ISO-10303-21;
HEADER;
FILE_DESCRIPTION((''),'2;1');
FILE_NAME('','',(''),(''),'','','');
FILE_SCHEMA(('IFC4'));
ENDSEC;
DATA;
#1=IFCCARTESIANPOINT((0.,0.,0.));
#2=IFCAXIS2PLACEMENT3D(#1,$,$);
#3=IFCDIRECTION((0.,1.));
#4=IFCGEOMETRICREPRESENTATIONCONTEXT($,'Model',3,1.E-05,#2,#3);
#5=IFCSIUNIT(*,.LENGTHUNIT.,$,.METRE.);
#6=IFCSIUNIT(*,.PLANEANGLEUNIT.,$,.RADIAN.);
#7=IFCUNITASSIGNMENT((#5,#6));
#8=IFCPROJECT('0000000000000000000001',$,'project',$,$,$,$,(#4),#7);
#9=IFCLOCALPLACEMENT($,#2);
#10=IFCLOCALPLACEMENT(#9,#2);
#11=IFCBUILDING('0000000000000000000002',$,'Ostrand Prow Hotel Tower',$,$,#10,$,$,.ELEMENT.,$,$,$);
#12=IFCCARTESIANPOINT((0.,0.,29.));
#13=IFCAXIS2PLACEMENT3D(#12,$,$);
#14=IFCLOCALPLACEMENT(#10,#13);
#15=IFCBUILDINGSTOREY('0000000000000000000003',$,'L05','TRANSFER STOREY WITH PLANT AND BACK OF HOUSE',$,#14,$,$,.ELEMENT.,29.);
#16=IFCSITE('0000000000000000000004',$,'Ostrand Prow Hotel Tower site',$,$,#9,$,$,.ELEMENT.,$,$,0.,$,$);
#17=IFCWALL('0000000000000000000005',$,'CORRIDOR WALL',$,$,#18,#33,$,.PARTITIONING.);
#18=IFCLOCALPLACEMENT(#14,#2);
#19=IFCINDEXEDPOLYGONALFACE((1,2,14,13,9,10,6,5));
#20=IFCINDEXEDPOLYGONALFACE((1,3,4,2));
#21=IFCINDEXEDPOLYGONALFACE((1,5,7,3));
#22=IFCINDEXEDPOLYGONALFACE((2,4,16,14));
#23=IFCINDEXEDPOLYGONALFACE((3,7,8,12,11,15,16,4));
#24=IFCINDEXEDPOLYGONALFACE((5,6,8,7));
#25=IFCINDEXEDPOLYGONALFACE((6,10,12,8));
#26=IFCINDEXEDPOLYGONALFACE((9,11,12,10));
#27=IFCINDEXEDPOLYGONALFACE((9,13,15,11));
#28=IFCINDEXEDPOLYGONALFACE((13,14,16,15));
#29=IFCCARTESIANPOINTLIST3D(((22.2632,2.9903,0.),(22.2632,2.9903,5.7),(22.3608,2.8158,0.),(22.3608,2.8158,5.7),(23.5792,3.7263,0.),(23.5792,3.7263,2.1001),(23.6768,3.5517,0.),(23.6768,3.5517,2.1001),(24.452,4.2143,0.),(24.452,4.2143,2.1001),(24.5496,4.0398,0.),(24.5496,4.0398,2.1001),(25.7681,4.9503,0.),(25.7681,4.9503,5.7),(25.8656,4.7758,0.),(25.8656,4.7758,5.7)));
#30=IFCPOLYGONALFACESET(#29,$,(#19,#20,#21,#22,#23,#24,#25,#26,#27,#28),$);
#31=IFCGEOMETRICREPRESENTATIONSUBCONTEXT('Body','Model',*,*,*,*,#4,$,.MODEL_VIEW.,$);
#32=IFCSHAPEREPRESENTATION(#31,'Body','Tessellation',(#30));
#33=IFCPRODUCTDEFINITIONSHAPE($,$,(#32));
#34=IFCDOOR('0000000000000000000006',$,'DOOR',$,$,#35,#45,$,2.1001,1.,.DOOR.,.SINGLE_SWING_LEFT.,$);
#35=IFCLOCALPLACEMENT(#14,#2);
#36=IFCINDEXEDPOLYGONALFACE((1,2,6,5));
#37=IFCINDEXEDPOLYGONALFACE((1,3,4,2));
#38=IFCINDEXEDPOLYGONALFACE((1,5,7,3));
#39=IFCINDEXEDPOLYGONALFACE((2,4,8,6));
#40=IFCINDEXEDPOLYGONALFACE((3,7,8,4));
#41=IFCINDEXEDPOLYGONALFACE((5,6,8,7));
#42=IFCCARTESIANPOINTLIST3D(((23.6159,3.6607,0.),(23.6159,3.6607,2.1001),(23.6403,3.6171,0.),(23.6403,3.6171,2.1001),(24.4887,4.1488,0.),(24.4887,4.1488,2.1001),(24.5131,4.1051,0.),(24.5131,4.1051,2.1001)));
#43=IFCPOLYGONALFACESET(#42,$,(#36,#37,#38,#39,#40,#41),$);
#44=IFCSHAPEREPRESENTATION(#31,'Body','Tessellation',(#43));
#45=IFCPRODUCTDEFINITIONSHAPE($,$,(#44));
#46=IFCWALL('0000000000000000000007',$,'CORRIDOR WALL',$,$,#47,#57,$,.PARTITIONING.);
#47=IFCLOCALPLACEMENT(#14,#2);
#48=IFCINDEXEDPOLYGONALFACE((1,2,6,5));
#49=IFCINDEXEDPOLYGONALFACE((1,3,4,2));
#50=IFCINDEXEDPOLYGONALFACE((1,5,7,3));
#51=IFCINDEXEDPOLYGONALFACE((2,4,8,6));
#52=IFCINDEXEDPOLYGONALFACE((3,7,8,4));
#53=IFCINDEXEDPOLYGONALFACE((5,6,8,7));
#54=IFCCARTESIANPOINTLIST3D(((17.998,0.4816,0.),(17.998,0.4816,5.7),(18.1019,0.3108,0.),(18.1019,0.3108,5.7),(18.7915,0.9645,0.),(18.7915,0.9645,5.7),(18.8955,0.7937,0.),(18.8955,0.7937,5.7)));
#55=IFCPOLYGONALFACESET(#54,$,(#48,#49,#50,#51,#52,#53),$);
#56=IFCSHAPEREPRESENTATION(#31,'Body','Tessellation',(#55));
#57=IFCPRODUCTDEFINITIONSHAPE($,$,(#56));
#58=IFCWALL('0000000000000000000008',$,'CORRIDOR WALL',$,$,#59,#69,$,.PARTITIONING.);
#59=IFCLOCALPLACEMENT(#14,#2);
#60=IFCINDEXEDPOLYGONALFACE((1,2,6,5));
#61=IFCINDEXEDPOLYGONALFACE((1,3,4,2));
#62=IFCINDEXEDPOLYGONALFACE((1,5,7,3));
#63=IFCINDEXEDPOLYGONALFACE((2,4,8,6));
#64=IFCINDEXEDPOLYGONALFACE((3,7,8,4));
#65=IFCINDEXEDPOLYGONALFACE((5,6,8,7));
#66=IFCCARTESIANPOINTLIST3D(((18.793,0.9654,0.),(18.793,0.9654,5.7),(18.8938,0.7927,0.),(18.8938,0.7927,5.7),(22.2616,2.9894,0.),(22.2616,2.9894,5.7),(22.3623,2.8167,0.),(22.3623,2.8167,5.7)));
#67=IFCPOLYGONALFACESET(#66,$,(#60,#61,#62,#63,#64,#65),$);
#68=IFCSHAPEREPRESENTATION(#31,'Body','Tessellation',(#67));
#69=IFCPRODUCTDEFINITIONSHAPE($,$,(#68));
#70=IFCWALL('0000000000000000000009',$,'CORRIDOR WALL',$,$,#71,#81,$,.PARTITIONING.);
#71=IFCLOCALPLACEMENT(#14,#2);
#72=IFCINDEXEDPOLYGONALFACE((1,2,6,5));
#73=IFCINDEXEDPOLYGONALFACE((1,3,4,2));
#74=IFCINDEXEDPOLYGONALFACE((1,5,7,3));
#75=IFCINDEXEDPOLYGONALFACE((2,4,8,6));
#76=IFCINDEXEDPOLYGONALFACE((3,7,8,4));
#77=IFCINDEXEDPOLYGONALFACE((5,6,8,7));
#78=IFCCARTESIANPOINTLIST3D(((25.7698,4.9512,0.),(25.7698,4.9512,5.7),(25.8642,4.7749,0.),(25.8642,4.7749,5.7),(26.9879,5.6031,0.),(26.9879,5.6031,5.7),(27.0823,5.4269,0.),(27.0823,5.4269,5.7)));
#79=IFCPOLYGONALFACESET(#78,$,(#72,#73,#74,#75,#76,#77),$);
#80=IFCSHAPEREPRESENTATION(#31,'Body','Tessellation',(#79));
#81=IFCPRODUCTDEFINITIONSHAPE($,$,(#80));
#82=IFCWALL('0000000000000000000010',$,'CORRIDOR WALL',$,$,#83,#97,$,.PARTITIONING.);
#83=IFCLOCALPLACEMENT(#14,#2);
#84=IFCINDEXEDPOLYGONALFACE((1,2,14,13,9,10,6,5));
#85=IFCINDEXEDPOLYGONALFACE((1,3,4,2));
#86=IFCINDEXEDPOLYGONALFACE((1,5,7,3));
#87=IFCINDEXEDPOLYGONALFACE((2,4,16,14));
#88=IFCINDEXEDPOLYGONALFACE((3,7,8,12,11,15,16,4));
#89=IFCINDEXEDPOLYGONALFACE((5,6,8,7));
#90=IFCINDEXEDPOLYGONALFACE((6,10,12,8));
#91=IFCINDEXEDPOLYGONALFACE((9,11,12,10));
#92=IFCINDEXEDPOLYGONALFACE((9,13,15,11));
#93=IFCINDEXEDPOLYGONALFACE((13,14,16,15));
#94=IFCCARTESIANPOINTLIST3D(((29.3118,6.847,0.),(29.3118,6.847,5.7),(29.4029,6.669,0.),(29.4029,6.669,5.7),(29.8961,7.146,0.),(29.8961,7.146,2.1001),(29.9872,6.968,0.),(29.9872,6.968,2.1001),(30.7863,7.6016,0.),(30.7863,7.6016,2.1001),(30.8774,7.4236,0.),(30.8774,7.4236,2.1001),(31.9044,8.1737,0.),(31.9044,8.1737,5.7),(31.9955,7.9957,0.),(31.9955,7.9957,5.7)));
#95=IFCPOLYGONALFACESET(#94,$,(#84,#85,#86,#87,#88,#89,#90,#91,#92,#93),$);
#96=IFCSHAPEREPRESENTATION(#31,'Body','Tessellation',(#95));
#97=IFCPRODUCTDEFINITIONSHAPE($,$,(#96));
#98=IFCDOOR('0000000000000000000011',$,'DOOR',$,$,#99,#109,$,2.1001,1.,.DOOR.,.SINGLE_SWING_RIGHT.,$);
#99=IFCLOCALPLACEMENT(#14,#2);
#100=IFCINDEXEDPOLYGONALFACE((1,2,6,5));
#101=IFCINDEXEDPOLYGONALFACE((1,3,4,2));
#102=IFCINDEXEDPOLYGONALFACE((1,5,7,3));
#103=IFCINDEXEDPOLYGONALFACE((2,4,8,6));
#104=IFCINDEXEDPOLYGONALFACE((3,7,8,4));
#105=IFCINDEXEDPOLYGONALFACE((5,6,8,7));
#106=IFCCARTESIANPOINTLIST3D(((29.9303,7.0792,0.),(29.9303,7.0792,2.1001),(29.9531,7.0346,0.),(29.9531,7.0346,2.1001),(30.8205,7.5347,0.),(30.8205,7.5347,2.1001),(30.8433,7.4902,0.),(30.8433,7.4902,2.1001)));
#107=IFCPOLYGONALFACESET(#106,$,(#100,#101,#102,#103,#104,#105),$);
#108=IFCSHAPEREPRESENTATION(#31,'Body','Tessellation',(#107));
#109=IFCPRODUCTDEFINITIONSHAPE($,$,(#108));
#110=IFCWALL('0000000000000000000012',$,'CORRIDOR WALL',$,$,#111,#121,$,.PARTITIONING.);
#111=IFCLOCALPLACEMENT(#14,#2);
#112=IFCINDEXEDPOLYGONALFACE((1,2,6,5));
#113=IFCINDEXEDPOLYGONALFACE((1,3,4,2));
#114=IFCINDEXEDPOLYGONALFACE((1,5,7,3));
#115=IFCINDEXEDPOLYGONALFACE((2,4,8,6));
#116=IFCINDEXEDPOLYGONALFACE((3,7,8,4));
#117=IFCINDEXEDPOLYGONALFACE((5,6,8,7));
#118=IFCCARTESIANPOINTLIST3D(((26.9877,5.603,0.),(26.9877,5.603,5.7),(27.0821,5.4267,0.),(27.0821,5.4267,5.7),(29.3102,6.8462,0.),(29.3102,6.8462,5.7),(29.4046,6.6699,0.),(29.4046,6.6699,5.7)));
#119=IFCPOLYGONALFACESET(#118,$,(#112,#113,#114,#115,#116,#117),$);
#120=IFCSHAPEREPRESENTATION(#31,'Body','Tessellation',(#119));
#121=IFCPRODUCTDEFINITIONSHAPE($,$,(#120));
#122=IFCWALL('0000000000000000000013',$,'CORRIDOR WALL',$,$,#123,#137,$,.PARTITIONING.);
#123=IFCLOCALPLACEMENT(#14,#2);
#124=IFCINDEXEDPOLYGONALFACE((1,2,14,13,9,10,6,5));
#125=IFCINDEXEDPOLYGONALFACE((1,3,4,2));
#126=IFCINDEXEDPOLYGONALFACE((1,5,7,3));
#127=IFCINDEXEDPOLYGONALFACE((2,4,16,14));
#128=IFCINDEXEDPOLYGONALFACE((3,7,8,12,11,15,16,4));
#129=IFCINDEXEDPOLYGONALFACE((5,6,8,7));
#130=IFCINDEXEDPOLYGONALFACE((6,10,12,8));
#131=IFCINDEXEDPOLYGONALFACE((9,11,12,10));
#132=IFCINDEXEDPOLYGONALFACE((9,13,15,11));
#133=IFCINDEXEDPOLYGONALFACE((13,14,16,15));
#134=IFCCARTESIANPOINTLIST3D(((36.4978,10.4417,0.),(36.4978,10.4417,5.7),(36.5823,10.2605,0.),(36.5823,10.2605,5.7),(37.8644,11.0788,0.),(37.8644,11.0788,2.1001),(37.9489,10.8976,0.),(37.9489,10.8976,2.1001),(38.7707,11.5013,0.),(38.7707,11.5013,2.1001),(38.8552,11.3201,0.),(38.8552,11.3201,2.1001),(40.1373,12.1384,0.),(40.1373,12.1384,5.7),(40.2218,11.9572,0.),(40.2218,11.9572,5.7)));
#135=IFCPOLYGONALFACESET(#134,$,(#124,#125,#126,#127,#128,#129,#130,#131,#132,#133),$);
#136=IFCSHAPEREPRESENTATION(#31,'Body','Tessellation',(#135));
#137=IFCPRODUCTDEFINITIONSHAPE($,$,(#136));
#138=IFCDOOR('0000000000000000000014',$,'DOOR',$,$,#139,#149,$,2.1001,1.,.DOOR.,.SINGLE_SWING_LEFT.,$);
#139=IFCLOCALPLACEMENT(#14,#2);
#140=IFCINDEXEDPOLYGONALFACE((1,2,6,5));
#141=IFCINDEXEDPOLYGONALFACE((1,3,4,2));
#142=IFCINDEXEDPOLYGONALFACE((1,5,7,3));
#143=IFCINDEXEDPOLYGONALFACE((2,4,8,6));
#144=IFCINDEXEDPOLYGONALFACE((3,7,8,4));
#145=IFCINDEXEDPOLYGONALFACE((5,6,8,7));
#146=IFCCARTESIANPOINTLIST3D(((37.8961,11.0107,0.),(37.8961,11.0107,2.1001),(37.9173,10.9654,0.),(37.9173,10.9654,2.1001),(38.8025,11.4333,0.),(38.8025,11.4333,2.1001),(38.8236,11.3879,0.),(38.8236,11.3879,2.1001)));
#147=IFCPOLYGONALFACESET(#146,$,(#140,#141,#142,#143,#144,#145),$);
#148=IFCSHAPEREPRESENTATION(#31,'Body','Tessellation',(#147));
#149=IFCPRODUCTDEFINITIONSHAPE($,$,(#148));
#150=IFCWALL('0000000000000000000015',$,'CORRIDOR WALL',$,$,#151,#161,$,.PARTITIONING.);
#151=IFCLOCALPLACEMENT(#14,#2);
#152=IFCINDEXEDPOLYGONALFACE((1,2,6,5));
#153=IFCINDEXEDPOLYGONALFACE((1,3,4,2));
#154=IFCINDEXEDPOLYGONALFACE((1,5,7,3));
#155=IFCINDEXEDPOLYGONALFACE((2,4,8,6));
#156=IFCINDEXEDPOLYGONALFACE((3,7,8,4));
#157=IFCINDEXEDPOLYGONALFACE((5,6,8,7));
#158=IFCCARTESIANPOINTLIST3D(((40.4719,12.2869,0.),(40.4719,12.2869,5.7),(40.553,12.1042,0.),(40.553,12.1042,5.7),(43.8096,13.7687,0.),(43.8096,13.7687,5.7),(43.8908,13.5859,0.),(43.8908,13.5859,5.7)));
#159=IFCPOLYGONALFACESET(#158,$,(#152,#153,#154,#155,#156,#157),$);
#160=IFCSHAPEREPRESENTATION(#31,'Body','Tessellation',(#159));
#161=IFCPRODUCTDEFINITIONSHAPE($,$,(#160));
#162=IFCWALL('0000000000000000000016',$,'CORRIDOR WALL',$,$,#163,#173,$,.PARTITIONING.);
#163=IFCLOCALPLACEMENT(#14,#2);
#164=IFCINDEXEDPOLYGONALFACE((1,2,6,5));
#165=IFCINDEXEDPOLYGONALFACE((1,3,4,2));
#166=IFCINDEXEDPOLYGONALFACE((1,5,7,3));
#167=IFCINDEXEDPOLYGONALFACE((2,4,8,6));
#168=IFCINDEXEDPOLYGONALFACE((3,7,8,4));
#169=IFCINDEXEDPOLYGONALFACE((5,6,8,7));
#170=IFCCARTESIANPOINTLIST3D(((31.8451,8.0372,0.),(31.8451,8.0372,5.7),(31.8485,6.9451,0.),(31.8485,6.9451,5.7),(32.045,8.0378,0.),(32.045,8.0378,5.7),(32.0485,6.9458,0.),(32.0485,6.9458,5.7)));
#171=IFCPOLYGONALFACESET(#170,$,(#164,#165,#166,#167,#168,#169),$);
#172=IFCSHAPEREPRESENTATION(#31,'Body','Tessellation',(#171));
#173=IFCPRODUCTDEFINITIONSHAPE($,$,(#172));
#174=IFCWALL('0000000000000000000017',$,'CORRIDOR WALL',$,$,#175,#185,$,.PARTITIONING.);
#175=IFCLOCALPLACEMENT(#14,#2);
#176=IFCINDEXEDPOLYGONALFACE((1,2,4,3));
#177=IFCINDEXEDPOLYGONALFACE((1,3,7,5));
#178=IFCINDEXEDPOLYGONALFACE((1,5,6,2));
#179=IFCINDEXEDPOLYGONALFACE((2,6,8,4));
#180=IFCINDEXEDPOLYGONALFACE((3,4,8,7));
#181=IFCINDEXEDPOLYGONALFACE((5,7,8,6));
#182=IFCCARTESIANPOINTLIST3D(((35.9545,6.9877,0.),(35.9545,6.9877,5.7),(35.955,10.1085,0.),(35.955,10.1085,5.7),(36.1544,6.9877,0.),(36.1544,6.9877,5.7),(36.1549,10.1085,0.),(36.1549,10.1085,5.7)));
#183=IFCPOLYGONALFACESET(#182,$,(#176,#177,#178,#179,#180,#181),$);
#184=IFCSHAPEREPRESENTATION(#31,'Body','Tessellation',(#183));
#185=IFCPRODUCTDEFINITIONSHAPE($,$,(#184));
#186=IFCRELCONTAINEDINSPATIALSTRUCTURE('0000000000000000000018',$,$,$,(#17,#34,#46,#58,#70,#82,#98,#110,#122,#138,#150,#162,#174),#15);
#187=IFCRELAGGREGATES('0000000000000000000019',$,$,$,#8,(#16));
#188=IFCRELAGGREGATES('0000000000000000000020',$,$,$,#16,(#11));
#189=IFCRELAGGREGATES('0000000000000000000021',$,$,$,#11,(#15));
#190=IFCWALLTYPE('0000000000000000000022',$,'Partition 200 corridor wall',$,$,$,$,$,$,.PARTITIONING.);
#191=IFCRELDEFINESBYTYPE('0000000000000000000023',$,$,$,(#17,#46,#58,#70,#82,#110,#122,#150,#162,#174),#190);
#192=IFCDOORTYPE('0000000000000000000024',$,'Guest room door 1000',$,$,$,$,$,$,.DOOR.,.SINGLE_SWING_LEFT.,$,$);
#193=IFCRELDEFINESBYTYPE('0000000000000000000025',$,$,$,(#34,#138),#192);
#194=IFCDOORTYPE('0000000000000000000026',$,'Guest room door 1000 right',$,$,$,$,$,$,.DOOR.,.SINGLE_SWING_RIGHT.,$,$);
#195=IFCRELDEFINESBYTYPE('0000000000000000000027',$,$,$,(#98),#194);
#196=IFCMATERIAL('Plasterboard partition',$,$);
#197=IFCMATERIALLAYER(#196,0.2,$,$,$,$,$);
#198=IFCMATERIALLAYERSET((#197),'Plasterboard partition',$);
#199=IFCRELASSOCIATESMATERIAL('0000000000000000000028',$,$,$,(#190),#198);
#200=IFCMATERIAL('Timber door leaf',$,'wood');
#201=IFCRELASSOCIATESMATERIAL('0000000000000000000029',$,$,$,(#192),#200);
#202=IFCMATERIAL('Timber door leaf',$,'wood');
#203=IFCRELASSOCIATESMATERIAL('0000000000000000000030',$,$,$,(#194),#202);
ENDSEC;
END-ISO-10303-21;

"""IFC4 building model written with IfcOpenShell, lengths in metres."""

from ifc_helpers import new_model, si_unit, direction, frame, frame_2d, origin, place, context, subcontext, project, spatial, rectangle, extrude, material, layer, layer_set, type_object, element, fill, save


model = new_model("IFC4")

# Units and contexts
model_context = context("Model", 3, precision=1e-05, world=origin(), true_north=direction((0.0, 1.0)))
body_context = subcontext(model_context, "Body", "Model", "MODEL_VIEW")
ifc_project = project(units=[si_unit("LENGTHUNIT", "METRE"), si_unit("PLANEANGLEUNIT", "RADIAN")], contexts=[model_context])

# Site, building, storey
site_placement = place(None, origin())
site = spatial("IfcSite", under=ifc_project, at=site_placement, Name="Ostrand Prow Hotel Tower site", CompositionType="ELEMENT", RefElevation=0.0)
building_placement = place(site_placement, origin())
building = spatial("IfcBuilding", under=site, at=building_placement, Name="Ostrand Prow Hotel Tower", CompositionType="ELEMENT")
storey_placement = place(building_placement, frame((0.0, 0.0, 29.0)))
storey = spatial("IfcBuildingStorey", under=building, at=storey_placement, Name="L05", Description="TRANSFER STOREY WITH PLANT AND BACK OF HOUSE", CompositionType="ELEMENT", Elevation=29.0)

# Wall, opening, door
ifc_material_1 = material(Name="Plasterboard partition")
ifc_layer_1 = layer(ifc_material_1, 0.2)
ifc_layer_set_1 = layer_set([ifc_layer_1], Name="Plasterboard partition")
wall_type_1 = type_object("IfcWallType", Name="Partition 200 corridor wall", PredefinedType="PARTITIONING", material=ifc_layer_set_1)
ifc_material_2 = material(Name="Timber door leaf", Category="wood")
door_type_1 = type_object("IfcDoorType", Name="Guest room door 1000", OperationType="SINGLE_SWING_LEFT", PredefinedType="DOOR", material=ifc_material_2)
ifc_material_3 = material(Name="Timber door leaf", Category="wood")
door_type_2 = type_object("IfcDoorType", Name="Guest room door 1000 right", OperationType="SINGLE_SWING_RIGHT", PredefinedType="DOOR", material=ifc_material_3)
wall_1_placement = place(storey_placement, frame((22.312, 2.9031, 0.0), z_axis=(0.0, 0.0, 1.0), x_axis=(0.8728, 0.488078, 0.0)))
wall_1 = element("IfcWall", 1, at=wall_1_placement, inside=storey, type_object=wall_type_1, Name="CORRIDOR WALL", PredefinedType="PARTITIONING", context=body_context, shape_type="SweptSolid", body=[
    extrude(rectangle(XDim=4.0156, YDim=0.2, at=frame_2d((2.0078, 0.0))), origin(), (0.0, 0.0, 1.0), 5.7),
])
opening_1_placement = place(wall_1_placement, frame((1.5078, 0.0, 0.0)))
opening_1 = element("IfcOpeningElement", 2, at=opening_1_placement, cuts=wall_1, PredefinedType="OPENING", context=body_context, shape_type="SweptSolid", body=[
    extrude(rectangle(XDim=1.0, YDim=2.1001, at=frame_2d((0.5, 1.05))), frame((0.0, 0.1099, 0.0), z_axis=(0.0, -1.0, 0.0), x_axis=(1.0, 0.0, 0.0)), (0.0, 0.0, 1.0), 0.22),
])
door_1_placement = place(opening_1_placement, origin())
door_1 = element("IfcDoor", 3, at=door_1_placement, inside=storey, type_object=door_type_1, Name="DOOR", OperationType="SINGLE_SWING_LEFT", OverallHeight=2.1001, OverallWidth=1.0, PredefinedType="DOOR", context=body_context, shape_type="SweptSolid", body=[
    extrude(rectangle(XDim=1.0, YDim=2.1001, at=frame_2d((0.5, 1.05))), frame((0.0, 0.0249, 0.0), z_axis=(0.0, -1.0, 0.0), x_axis=(1.0, 0.0, 0.0)), (0.0, 0.0, 1.0), 0.05),
])
fill(opening_1, door_1)

# Walls
wall_2_placement = place(storey_placement, frame((18.05, 0.3962, 0.0), z_axis=(0.0, 0.0, 1.0), x_axis=(0.854229, 0.519897, 0.0)))
element("IfcWall", 4, at=wall_2_placement, inside=storey, type_object=wall_type_1, Name="CORRIDOR WALL", PredefinedType="PARTITIONING", context=body_context, shape_type="SweptSolid", body=[
    extrude(rectangle(XDim=0.929, YDim=0.2, at=frame_2d((0.4644, 0.0))), origin(), (0.0, 0.0, 1.0), 5.7),
])
wall_3_placement = place(storey_placement, frame((18.8435, 0.8792, 0.0), z_axis=(0.0, 0.0, 1.0), x_axis=(0.863711, 0.503988, 0.0)))
element("IfcWall", 5, at=wall_3_placement, inside=storey, type_object=wall_type_1, Name="CORRIDOR WALL", PredefinedType="PARTITIONING", context=body_context, shape_type="SweptSolid", body=[
    extrude(rectangle(XDim=4.0159, YDim=0.2, at=frame_2d((2.0078, 0.0))), origin(), (0.0, 0.0, 1.0), 5.7),
])
wall_4_placement = place(storey_placement, frame((25.8169, 4.863, 0.0), z_axis=(0.0, 0.0, 1.0), x_axis=(0.881677, 0.471854, 0.0)))
element("IfcWall", 6, at=wall_4_placement, inside=storey, type_object=wall_type_1, Name="CORRIDOR WALL", PredefinedType="PARTITIONING", context=body_context, shape_type="SweptSolid", body=[
    extrude(rectangle(XDim=1.3816, YDim=0.2, at=frame_2d((0.6909, 0.0))), origin(), (0.0, 0.0, 1.0), 5.7),
])

# Wall, opening, door
wall_5_placement = place(storey_placement, frame((29.3574, 6.7581, 0.0), z_axis=(0.0, 0.0, 1.0), x_axis=(0.890213, 0.455544, 0.0)))
wall_5 = element("IfcWall", 7, at=wall_5_placement, inside=storey, type_object=wall_type_1, Name="CORRIDOR WALL", PredefinedType="PARTITIONING", context=body_context, shape_type="SweptSolid", body=[
    extrude(rectangle(XDim=2.9124, YDim=0.2, at=frame_2d((1.4561, 0.0))), origin(), (0.0, 0.0, 1.0), 5.7),
])
opening_2_placement = place(wall_5_placement, frame((0.6562, 0.0, 0.0)))
opening_2 = element("IfcOpeningElement", 8, at=opening_2_placement, cuts=wall_5, PredefinedType="OPENING", context=body_context, shape_type="SweptSolid", body=[
    extrude(rectangle(XDim=1.0, YDim=2.1001, at=frame_2d((0.5, 1.05))), frame((0.0, 0.1099, 0.0), z_axis=(0.0, -1.0, 0.0), x_axis=(1.0, 0.0, 0.0)), (0.0, 0.0, 1.0), 0.22),
])
door_2_placement = place(opening_2_placement, origin())
door_2 = element("IfcDoor", 9, at=door_2_placement, inside=storey, type_object=door_type_2, Name="DOOR", OperationType="SINGLE_SWING_RIGHT", OverallHeight=2.1001, OverallWidth=1.0, PredefinedType="DOOR", context=body_context, shape_type="SweptSolid", body=[
    extrude(rectangle(XDim=1.0, YDim=2.1001, at=frame_2d((0.5, 1.05))), frame((0.0, 0.0249, 0.0), z_axis=(0.0, -1.0, 0.0), x_axis=(1.0, 0.0, 0.0)), (0.0, 0.0, 1.0), 0.05),
])
fill(opening_2, door_2)

# Wall
wall_6_placement = place(storey_placement, frame((27.0349, 5.5149, 0.0), z_axis=(0.0, 0.0, 1.0), x_axis=(0.881644, 0.471915, 0.0)))
element("IfcWall", 10, at=wall_6_placement, inside=storey, type_object=wall_type_1, Name="CORRIDOR WALL", PredefinedType="PARTITIONING", context=body_context, shape_type="SweptSolid", body=[
    extrude(rectangle(XDim=2.6343, YDim=0.2, at=frame_2d((1.3171, 0.0))), origin(), (0.0, 0.0, 1.0), 5.7),
])

# Wall, opening, door
wall_7_placement = place(storey_placement, frame((36.54, 10.3511, 0.0), z_axis=(0.0, 0.0, 1.0), x_axis=(0.906348, 0.422533, 0.0)))
wall_7 = element("IfcWall", 11, at=wall_7_placement, inside=storey, type_object=wall_type_1, Name="CORRIDOR WALL", PredefinedType="PARTITIONING", context=body_context, shape_type="SweptSolid", body=[
    extrude(rectangle(XDim=4.0156, YDim=0.2, at=frame_2d((2.0078, 0.0))), origin(), (0.0, 0.0, 1.0), 5.7),
])
opening_3_placement = place(wall_7_placement, frame((1.5078, 0.0, 0.0)))
opening_3 = element("IfcOpeningElement", 12, at=opening_3_placement, cuts=wall_7, PredefinedType="OPENING", context=body_context, shape_type="SweptSolid", body=[
    extrude(rectangle(XDim=1.0, YDim=2.1001, at=frame_2d((0.5, 1.05))), frame((0.0, 0.1099, 0.0), z_axis=(0.0, -1.0, 0.0), x_axis=(1.0, 0.0, 0.0)), (0.0, 0.0, 1.0), 0.22),
])
door_3_placement = place(opening_3_placement, origin())
door_3 = element("IfcDoor", 13, at=door_3_placement, inside=storey, type_object=door_type_1, Name="DOOR", OperationType="SINGLE_SWING_LEFT", OverallHeight=2.1001, OverallWidth=1.0, PredefinedType="DOOR", context=body_context, shape_type="SweptSolid", body=[
    extrude(rectangle(XDim=1.0, YDim=2.1001, at=frame_2d((0.5, 1.05))), frame((0.0, 0.0249, 0.0), z_axis=(0.0, -1.0, 0.0), x_axis=(1.0, 0.0, 0.0)), (0.0, 0.0, 1.0), 0.05),
])
fill(opening_3, door_3)

# Walls
wall_8_placement = place(storey_placement, frame((40.5125, 12.1956, 0.0), z_axis=(0.0, 0.0, 1.0), x_axis=(0.913985, 0.405748, 0.0)))
element("IfcWall", 14, at=wall_8_placement, inside=storey, type_object=wall_type_1, Name="CORRIDOR WALL", PredefinedType="PARTITIONING", context=body_context, shape_type="SweptSolid", body=[
    extrude(rectangle(XDim=3.6519, YDim=0.2, at=frame_2d((1.8259, 0.0))), origin(), (0.0, 0.0, 1.0), 5.7),
])
wall_9_placement = place(storey_placement, frame((31.9451, 8.0374, 0.0), z_axis=(0.0, 0.0, 1.0), x_axis=(0.00313, -0.999995, 0.0)))
element("IfcWall", 15, at=wall_9_placement, inside=storey, type_object=wall_type_1, Name="CORRIDOR WALL", PredefinedType="PARTITIONING", context=body_context, shape_type="SweptSolid", body=[
    extrude(rectangle(XDim=1.092, YDim=0.2, at=frame_2d((0.5459, 0.0))), origin(), (0.0, 0.0, 1.0), 5.7),
])
wall_10_placement = place(storey_placement, frame((36.0544, 6.9875, 0.0), z_axis=(0.0, 0.0, 1.0), x_axis=(0.000156, 1.0, 0.0)))
element("IfcWall", 16, at=wall_10_placement, inside=storey, type_object=wall_type_1, Name="CORRIDOR WALL", PredefinedType="PARTITIONING", context=body_context, shape_type="SweptSolid", body=[
    extrude(rectangle(XDim=3.1208, YDim=0.2, at=frame_2d((1.5605, 0.0))), origin(), (0.0, 0.0, 1.0), 5.7),
])

save(model, "model.ifc")
